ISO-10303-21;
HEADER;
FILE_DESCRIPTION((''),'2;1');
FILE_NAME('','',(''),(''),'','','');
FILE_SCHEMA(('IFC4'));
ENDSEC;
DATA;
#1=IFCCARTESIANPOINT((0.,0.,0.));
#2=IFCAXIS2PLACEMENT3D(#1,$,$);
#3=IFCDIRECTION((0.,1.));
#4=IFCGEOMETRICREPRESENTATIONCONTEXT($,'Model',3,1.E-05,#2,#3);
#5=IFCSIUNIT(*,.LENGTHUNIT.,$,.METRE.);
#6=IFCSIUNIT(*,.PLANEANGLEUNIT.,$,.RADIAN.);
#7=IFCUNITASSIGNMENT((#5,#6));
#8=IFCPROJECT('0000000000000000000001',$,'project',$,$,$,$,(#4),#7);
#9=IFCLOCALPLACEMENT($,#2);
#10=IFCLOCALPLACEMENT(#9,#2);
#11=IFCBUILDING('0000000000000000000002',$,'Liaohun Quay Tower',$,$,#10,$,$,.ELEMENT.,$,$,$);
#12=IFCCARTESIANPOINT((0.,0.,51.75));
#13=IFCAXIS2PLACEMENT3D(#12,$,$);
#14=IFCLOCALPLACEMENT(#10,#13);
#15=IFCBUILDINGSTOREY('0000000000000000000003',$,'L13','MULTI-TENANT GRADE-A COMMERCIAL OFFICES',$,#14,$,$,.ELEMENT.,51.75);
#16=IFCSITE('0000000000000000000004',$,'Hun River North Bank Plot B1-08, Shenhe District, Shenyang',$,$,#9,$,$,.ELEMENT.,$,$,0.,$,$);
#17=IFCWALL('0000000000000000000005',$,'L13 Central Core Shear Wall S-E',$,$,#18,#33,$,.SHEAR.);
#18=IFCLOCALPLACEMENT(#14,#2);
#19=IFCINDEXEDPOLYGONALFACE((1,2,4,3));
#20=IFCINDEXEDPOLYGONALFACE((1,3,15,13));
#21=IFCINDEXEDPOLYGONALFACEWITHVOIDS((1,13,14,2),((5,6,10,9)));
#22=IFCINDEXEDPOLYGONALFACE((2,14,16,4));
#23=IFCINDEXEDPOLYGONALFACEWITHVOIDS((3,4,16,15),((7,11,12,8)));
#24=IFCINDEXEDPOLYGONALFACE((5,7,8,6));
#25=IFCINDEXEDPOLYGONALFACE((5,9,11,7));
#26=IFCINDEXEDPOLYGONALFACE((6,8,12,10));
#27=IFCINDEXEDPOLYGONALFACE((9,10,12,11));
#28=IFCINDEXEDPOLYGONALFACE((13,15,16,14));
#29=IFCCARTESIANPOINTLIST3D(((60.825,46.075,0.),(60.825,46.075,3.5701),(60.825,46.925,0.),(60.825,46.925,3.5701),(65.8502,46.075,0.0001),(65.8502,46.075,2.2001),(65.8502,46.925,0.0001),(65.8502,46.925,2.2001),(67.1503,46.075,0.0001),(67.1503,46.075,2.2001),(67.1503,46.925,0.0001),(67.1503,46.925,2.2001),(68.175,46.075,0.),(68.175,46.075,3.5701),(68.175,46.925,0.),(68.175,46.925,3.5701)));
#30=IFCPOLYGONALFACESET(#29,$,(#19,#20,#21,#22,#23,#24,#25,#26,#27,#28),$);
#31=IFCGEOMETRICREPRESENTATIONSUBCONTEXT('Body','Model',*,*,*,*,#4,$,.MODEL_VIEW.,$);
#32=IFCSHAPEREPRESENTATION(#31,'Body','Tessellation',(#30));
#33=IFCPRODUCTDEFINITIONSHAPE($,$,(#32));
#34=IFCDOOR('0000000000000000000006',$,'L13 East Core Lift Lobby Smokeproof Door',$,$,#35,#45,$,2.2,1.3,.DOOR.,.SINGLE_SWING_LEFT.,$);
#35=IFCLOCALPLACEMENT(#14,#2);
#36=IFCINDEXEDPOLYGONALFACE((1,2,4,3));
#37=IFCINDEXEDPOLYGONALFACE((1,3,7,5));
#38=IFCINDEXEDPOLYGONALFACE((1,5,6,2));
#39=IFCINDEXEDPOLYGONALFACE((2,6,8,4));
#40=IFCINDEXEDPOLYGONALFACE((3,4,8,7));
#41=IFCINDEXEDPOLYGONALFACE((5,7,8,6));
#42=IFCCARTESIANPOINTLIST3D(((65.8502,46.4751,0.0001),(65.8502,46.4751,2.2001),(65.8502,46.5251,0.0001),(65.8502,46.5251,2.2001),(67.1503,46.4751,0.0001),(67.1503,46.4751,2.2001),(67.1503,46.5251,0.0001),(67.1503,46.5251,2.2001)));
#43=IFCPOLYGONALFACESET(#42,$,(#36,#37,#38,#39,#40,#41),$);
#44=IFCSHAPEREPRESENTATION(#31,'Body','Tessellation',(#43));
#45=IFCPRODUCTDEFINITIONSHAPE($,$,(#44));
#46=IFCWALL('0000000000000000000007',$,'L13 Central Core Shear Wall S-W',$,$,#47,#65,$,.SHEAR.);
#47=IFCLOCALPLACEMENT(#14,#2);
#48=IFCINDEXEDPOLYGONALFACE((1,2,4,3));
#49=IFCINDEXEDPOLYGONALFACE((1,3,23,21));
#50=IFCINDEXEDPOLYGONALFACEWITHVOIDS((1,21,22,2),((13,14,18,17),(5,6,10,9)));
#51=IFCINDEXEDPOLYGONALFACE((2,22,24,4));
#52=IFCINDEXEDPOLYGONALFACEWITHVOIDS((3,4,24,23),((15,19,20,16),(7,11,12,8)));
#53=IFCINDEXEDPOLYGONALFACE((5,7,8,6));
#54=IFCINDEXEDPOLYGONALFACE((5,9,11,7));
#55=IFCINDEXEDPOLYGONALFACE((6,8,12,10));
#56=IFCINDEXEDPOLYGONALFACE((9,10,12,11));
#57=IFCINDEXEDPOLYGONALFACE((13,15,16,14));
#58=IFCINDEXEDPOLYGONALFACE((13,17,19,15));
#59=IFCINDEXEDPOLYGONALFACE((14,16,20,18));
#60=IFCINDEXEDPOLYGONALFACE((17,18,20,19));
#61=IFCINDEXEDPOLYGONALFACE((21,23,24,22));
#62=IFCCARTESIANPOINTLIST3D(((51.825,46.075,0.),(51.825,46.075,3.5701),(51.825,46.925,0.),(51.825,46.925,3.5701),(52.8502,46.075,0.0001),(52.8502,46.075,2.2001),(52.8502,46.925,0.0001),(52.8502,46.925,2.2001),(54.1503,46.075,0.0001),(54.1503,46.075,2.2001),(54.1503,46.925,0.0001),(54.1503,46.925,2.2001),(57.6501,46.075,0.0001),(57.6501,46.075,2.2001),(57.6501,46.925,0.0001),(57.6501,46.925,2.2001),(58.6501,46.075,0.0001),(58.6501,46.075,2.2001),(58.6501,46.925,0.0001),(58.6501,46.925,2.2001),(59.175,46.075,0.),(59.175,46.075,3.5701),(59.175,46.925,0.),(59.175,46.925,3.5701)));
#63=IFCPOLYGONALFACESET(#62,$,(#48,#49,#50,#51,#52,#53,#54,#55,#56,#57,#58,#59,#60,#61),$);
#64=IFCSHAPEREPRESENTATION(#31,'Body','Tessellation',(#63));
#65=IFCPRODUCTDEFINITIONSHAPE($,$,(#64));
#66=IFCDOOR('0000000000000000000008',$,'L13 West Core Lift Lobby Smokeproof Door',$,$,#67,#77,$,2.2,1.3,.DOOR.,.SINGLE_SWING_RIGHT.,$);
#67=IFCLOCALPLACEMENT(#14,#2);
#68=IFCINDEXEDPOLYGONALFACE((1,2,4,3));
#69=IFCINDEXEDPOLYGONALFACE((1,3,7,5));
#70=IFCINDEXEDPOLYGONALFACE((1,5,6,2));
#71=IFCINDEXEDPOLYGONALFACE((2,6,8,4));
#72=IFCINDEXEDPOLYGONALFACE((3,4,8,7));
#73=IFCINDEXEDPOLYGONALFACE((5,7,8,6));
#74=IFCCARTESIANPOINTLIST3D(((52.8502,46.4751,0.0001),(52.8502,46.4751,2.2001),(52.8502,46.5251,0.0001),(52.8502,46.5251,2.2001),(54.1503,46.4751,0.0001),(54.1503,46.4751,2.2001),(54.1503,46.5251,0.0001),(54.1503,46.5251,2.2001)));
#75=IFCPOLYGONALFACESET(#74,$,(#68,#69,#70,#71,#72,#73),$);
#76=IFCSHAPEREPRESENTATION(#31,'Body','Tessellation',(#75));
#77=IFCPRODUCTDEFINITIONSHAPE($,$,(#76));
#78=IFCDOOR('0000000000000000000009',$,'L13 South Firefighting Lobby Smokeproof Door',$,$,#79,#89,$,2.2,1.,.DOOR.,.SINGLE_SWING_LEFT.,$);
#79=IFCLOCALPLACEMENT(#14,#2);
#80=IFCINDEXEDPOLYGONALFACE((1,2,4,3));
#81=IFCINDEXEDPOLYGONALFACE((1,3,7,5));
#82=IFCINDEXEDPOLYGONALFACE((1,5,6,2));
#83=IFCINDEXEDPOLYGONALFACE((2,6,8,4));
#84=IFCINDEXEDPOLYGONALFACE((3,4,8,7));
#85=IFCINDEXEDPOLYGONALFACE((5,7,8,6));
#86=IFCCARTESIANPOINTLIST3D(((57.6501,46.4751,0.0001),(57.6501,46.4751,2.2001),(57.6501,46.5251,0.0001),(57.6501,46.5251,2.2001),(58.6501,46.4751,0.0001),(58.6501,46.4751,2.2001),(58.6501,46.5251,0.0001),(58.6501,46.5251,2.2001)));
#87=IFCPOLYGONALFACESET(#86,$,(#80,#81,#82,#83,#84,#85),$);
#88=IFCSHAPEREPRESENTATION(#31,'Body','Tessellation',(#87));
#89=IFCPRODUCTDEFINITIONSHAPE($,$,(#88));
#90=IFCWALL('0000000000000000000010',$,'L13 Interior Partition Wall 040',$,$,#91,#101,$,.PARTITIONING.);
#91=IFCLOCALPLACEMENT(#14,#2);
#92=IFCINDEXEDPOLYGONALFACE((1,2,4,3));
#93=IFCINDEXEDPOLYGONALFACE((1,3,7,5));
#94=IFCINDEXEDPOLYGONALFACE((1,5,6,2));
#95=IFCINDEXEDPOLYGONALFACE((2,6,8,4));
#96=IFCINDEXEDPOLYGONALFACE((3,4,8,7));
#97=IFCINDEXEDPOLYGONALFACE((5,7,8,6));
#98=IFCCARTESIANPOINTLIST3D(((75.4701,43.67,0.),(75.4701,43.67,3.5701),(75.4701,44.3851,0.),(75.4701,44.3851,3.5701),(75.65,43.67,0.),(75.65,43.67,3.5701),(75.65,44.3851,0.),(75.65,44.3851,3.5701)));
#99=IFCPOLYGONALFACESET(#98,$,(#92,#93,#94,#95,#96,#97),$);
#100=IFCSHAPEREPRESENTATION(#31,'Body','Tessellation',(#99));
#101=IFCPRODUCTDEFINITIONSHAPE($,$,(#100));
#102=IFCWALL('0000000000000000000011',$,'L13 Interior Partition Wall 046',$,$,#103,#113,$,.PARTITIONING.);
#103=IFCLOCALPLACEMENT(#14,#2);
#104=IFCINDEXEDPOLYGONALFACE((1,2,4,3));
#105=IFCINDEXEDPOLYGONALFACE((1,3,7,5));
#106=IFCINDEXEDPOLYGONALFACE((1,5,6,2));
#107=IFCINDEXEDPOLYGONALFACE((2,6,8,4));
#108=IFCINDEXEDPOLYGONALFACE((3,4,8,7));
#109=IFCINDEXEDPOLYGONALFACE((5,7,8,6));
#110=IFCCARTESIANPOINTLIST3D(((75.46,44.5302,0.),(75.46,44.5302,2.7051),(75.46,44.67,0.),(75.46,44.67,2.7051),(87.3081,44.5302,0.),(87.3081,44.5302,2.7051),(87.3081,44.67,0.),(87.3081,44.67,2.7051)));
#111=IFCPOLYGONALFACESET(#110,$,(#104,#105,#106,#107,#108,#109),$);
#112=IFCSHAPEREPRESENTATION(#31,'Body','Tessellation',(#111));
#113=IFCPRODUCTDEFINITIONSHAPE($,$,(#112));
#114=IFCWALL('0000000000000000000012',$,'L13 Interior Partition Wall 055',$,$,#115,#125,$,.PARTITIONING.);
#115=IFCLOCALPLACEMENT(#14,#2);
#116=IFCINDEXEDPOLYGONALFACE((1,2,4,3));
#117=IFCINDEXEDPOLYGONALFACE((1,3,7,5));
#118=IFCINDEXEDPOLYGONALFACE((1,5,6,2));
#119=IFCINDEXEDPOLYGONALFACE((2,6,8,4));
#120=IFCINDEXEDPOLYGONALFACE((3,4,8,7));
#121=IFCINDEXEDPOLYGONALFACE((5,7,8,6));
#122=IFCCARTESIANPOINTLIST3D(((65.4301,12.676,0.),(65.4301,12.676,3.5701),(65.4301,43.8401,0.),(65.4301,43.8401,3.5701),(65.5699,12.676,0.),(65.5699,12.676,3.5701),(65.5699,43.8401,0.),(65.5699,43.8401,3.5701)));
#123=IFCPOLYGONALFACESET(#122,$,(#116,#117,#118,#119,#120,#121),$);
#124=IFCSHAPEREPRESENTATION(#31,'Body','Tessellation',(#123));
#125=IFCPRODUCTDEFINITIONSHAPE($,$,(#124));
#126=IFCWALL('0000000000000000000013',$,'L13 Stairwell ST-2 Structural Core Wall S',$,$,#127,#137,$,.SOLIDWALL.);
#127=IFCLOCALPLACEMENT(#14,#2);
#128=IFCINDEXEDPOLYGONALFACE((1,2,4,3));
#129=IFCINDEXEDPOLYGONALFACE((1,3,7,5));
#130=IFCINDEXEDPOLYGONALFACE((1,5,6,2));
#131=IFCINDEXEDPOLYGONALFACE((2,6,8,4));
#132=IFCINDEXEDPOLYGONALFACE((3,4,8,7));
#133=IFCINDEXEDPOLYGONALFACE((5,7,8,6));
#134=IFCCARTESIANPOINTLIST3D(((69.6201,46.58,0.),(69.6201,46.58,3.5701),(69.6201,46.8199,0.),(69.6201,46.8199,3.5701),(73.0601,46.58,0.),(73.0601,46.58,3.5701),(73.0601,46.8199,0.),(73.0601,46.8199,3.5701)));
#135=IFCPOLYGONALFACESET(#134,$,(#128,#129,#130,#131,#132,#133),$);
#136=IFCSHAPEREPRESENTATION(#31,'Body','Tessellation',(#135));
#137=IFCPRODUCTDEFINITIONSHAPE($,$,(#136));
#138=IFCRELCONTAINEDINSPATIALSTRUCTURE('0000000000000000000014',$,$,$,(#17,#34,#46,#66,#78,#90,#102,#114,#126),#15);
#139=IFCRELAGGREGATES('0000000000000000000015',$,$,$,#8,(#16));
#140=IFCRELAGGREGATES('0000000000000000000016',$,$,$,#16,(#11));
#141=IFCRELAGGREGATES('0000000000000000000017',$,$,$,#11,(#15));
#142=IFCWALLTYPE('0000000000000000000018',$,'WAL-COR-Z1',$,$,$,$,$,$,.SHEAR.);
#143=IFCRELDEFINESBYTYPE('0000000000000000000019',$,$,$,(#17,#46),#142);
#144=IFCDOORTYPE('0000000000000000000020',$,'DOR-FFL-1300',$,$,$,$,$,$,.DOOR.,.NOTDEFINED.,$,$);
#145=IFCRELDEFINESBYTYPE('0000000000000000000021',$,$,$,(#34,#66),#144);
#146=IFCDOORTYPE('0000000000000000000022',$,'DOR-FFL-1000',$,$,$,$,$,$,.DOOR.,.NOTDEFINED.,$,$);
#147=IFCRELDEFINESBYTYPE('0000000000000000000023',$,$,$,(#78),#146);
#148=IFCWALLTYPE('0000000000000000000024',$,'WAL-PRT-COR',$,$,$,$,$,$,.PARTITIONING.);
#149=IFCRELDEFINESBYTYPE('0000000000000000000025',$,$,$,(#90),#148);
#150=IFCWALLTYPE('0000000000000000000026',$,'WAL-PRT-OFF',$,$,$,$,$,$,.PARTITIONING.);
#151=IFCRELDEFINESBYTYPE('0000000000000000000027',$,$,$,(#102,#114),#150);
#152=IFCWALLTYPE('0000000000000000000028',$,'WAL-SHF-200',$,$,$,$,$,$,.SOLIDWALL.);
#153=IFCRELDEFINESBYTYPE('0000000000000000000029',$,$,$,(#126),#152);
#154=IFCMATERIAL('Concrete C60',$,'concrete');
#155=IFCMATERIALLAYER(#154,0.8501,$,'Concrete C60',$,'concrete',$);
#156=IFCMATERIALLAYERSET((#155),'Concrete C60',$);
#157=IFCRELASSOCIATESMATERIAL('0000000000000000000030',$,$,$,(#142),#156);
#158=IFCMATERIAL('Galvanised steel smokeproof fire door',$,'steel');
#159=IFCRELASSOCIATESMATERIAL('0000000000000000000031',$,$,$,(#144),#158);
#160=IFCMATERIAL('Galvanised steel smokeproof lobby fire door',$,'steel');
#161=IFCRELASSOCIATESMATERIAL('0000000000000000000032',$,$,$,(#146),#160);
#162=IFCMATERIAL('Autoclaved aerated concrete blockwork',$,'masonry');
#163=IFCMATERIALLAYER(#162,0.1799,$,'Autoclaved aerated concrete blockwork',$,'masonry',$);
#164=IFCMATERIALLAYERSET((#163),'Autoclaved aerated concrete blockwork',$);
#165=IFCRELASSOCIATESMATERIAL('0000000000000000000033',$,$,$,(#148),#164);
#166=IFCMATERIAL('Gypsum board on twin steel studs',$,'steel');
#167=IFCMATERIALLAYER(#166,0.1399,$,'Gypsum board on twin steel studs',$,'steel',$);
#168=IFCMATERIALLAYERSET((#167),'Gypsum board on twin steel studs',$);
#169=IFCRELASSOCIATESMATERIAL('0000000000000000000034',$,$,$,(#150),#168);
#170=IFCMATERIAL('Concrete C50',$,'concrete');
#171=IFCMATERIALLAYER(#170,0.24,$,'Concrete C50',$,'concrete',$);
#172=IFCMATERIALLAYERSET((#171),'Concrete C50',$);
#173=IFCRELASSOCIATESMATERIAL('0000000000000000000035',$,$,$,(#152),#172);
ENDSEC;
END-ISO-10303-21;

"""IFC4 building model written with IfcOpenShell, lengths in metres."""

from ifc_helpers import new_model, si_unit, direction, frame, frame_2d, origin, place, context, subcontext, project, spatial, rectangle, extrude, source, transform, mapped, material, layer, layer_set, type_object, element, fill, save


model = new_model("IFC4")

# Units and contexts
model_context = context("Model", 3, precision=1e-05, world=origin(), true_north=direction((0.0, 1.0)))
body_context = subcontext(model_context, "Body", "Model", "MODEL_VIEW")
ifc_project = project(units=[si_unit("LENGTHUNIT", "METRE"), si_unit("PLANEANGLEUNIT", "RADIAN")], contexts=[model_context])

# Site, building, storey
site_placement = place(None, origin())
site = spatial("IfcSite", under=ifc_project, at=site_placement, Name="Hun River North Bank Plot B1-08, Shenhe District, Shenyang", CompositionType="ELEMENT", RefElevation=0.0)
building_placement = place(site_placement, origin())
building = spatial("IfcBuilding", under=site, at=building_placement, Name="Liaohun Quay Tower", CompositionType="ELEMENT")
storey_placement = place(building_placement, frame((0.0, 0.0, 51.75)))
storey = spatial("IfcBuildingStorey", under=building, at=storey_placement, Name="L13", Description="MULTI-TENANT GRADE-A COMMERCIAL OFFICES", CompositionType="ELEMENT", Elevation=51.75)

# Shared definitions
ifc_material_1 = material(Name="Concrete C60", Category="concrete")

# Wall, opening, door
ifc_layer_1 = layer(ifc_material_1, 0.8501, Name="Concrete C60", Category="concrete")
ifc_layer_set_1 = layer_set([ifc_layer_1], Name="Concrete C60")
wall_type_1 = type_object("IfcWallType", Name="WAL-COR-Z1", PredefinedType="SHEAR", material=ifc_layer_set_1)
wall_1_placement = place(storey_placement, frame((68.175, 46.5, 0.0), z_axis=(0.0, 0.0, 1.0), x_axis=(-1.0, 0.0, 0.0)))
wall_1 = element("IfcWall", 1, at=wall_1_placement, inside=storey, type_object=wall_type_1, Name="L13 Central Core Shear Wall S-E", PredefinedType="SHEAR", context=body_context, shape_type="SweptSolid", body=[
    extrude(rectangle(XDim=7.3501, YDim=0.8501, at=frame_2d((3.675, 0.0))), origin(), (0.0, 0.0, 1.0), 3.5701),
])
shared_shape_1 = source(origin(), body_context, "Body", "SweptSolid", [
    extrude(rectangle(XDim=1.3, YDim=2.2, at=frame_2d((0.6499, 1.1001))), frame((0.0, 0.4351, 0.0), z_axis=(0.0, -1.0, 0.0), x_axis=(1.0, 0.0, 0.0)), (0.0, 0.0, 1.0), 0.8701),
])
opening_1_placement = place(wall_1_placement, frame((1.0249, 0.0, 0.0)))
opening_1 = element("IfcOpeningElement", 2, at=opening_1_placement, cuts=wall_1, PredefinedType="OPENING", context=body_context, shape_type="MappedRepresentation", body=[
    mapped(shared_shape_1, transform((0.0, 0.0, 0.0), x_axis=(1.0, 0.0, 0.0), y_axis=(0.0, 1.0, 0.0), z_axis=(0.0, 0.0, 1.0), scale=1.0)),
])
ifc_material_2 = material(Name="Galvanised steel smokeproof fire door", Category="steel")
door_type_1 = type_object("IfcDoorType", Name="DOR-FFL-1300", OperationType="NOTDEFINED", PredefinedType="DOOR", material=ifc_material_2)
shared_shape_2 = source(origin(), body_context, "Body", "SweptSolid", [
    extrude(rectangle(XDim=1.3, YDim=2.2, at=frame_2d((0.6499, 1.1001))), frame((0.0, 0.0249, 0.0), z_axis=(0.0, -1.0, 0.0), x_axis=(1.0, 0.0, 0.0)), (0.0, 0.0, 1.0), 0.05),
])
door_1_placement = place(opening_1_placement, origin())
door_1 = element("IfcDoor", 3, at=door_1_placement, inside=storey, type_object=door_type_1, Name="L13 East Core Lift Lobby Smokeproof Door", OperationType="SINGLE_SWING_LEFT", OverallHeight=2.2, OverallWidth=1.3, PredefinedType="DOOR", context=body_context, shape_type="MappedRepresentation", body=[
    mapped(shared_shape_2, transform((0.0, 0.0, 0.0), x_axis=(1.0, 0.0, 0.0), y_axis=(0.0, 1.0, 0.0), z_axis=(0.0, 0.0, 1.0), scale=1.0)),
])
fill(opening_1, door_1)

# Wall, openings, doors
wall_2_placement = place(storey_placement, frame((59.175, 46.5, 0.0), z_axis=(0.0, 0.0, 1.0), x_axis=(-1.0, 0.0, 0.0)))
wall_2 = element("IfcWall", 4, at=wall_2_placement, inside=storey, type_object=wall_type_1, Name="L13 Central Core Shear Wall S-W", PredefinedType="SHEAR", context=body_context, shape_type="SweptSolid", body=[
    extrude(rectangle(XDim=7.3501, YDim=0.8501, at=frame_2d((3.675, 0.0))), origin(), (0.0, 0.0, 1.0), 3.5701),
])
opening_2_placement = place(wall_2_placement, frame((5.0249, 0.0, 0.0)))
opening_2 = element("IfcOpeningElement", 5, at=opening_2_placement, cuts=wall_2, PredefinedType="OPENING", context=body_context, shape_type="MappedRepresentation", body=[
    mapped(shared_shape_1, transform((0.0, 0.0, 0.0), x_axis=(1.0, 0.0, 0.0), y_axis=(0.0, 1.0, 0.0), z_axis=(0.0, 0.0, 1.0), scale=1.0)),
])
shared_shape_3 = source(origin(), body_context, "Body", "SweptSolid", [
    extrude(rectangle(XDim=1.0, YDim=2.2, at=frame_2d((0.5, 1.1001))), frame((0.0, 0.4351, 0.0), z_axis=(0.0, -1.0, 0.0), x_axis=(1.0, 0.0, 0.0)), (0.0, 0.0, 1.0), 0.8701),
])
opening_3_placement = place(wall_2_placement, frame((0.5249, 0.0, 0.0)))
opening_3 = element("IfcOpeningElement", 6, at=opening_3_placement, cuts=wall_2, PredefinedType="OPENING", context=body_context, shape_type="MappedRepresentation", body=[
    mapped(shared_shape_3, transform((0.0, 0.0, 0.0), x_axis=(1.0, 0.0, 0.0), y_axis=(0.0, 1.0, 0.0), z_axis=(0.0, 0.0, 1.0), scale=1.0)),
])
door_2_placement = place(opening_2_placement, origin())
door_2 = element("IfcDoor", 7, at=door_2_placement, inside=storey, type_object=door_type_1, Name="L13 West Core Lift Lobby Smokeproof Door", OperationType="SINGLE_SWING_RIGHT", OverallHeight=2.2, OverallWidth=1.3, PredefinedType="DOOR", context=body_context, shape_type="MappedRepresentation", body=[
    mapped(shared_shape_2, transform((0.0, 0.0, 0.0), x_axis=(1.0, 0.0, 0.0), y_axis=(0.0, 1.0, 0.0), z_axis=(0.0, 0.0, 1.0), scale=1.0)),
])
fill(opening_2, door_2)
ifc_material_3 = material(Name="Galvanised steel smokeproof lobby fire door", Category="steel")
door_type_2 = type_object("IfcDoorType", Name="DOR-FFL-1000", OperationType="NOTDEFINED", PredefinedType="DOOR", material=ifc_material_3)
shared_shape_4 = source(origin(), body_context, "Body", "SweptSolid", [
    extrude(rectangle(XDim=1.0, YDim=2.2, at=frame_2d((0.5, 1.1001))), frame((0.0, 0.0249, 0.0), z_axis=(0.0, -1.0, 0.0), x_axis=(1.0, 0.0, 0.0)), (0.0, 0.0, 1.0), 0.05),
])
door_3_placement = place(opening_3_placement, origin())
door_3 = element("IfcDoor", 8, at=door_3_placement, inside=storey, type_object=door_type_2, Name="L13 South Firefighting Lobby Smokeproof Door", OperationType="SINGLE_SWING_LEFT", OverallHeight=2.2, OverallWidth=1.0, PredefinedType="DOOR", context=body_context, shape_type="MappedRepresentation", body=[
    mapped(shared_shape_4, transform((0.0, 0.0, 0.0), x_axis=(1.0, 0.0, 0.0), y_axis=(0.0, 1.0, 0.0), z_axis=(0.0, 0.0, 1.0), scale=1.0)),
])
fill(opening_3, door_3)

# Walls
ifc_material_4 = material(Name="Autoclaved aerated concrete blockwork", Category="masonry")
ifc_layer_2 = layer(ifc_material_4, 0.1799, Name="Autoclaved aerated concrete blockwork", Category="masonry")
ifc_layer_set_2 = layer_set([ifc_layer_2], Name="Autoclaved aerated concrete blockwork")
wall_type_2 = type_object("IfcWallType", Name="WAL-PRT-COR", PredefinedType="PARTITIONING", material=ifc_layer_set_2)
wall_3_placement = place(storey_placement, frame((75.5601, 44.385, 0.0), z_axis=(0.0, 0.0, 1.0), x_axis=(0.0, -1.0, 0.0)))
element("IfcWall", 9, at=wall_3_placement, inside=storey, type_object=wall_type_2, Name="L13 Interior Partition Wall 040", PredefinedType="PARTITIONING", context=body_context, shape_type="SweptSolid", body=[
    extrude(rectangle(XDim=0.7151, YDim=0.1799, at=frame_2d((0.3574, 0.0))), origin(), (0.0, 0.0, 1.0), 3.5701),
])
ifc_material_5 = material(Name="Gypsum board on twin steel studs", Category="steel")
ifc_layer_3 = layer(ifc_material_5, 0.1399, Name="Gypsum board on twin steel studs", Category="steel")
ifc_layer_set_3 = layer_set([ifc_layer_3], Name="Gypsum board on twin steel studs")
wall_type_3 = type_object("IfcWallType", Name="WAL-PRT-OFF", PredefinedType="PARTITIONING", material=ifc_layer_set_3)
wall_4_placement = place(storey_placement, frame((75.46, 44.6001, 0.0), z_axis=(0.0, 0.0, 1.0), x_axis=(1.0, 0.0, 0.0)))
element("IfcWall", 10, at=wall_4_placement, inside=storey, type_object=wall_type_3, Name="L13 Interior Partition Wall 046", PredefinedType="PARTITIONING", context=body_context, shape_type="SweptSolid", body=[
    extrude(rectangle(XDim=11.8481, YDim=0.1399, at=frame_2d((5.9241, 0.0))), origin(), (0.0, 0.0, 1.0), 2.7051),
])
wall_5_placement = place(storey_placement, frame((65.5, 43.8401, 0.0), z_axis=(0.0, 0.0, 1.0), x_axis=(0.0, -1.0, 0.0)))
element("IfcWall", 11, at=wall_5_placement, inside=storey, type_object=wall_type_3, Name="L13 Interior Partition Wall 055", PredefinedType="PARTITIONING", context=body_context, shape_type="SweptSolid", body=[
    extrude(rectangle(XDim=31.1641, YDim=0.1399, at=frame_2d((15.582, 0.0))), origin(), (0.0, 0.0, 1.0), 3.5701),
])
ifc_material_6 = material(Name="Concrete C50", Category="concrete")
ifc_layer_4 = layer(ifc_material_6, 0.24, Name="Concrete C50", Category="concrete")
ifc_layer_set_4 = layer_set([ifc_layer_4], Name="Concrete C50")
wall_type_4 = type_object("IfcWallType", Name="WAL-SHF-200", PredefinedType="SOLIDWALL", material=ifc_layer_set_4)
wall_6_placement = place(storey_placement, frame((69.6201, 46.7, 0.0), z_axis=(0.0, 0.0, 1.0), x_axis=(1.0, 0.0, 0.0)))
element("IfcWall", 12, at=wall_6_placement, inside=storey, type_object=wall_type_4, Name="L13 Stairwell ST-2 Structural Core Wall S", PredefinedType="SOLIDWALL", context=body_context, shape_type="SweptSolid", body=[
    extrude(rectangle(XDim=3.4399, YDim=0.24, at=frame_2d((1.72, 0.0))), origin(), (0.0, 0.0, 1.0), 3.5701),
])

save(model, "model.ifc")
